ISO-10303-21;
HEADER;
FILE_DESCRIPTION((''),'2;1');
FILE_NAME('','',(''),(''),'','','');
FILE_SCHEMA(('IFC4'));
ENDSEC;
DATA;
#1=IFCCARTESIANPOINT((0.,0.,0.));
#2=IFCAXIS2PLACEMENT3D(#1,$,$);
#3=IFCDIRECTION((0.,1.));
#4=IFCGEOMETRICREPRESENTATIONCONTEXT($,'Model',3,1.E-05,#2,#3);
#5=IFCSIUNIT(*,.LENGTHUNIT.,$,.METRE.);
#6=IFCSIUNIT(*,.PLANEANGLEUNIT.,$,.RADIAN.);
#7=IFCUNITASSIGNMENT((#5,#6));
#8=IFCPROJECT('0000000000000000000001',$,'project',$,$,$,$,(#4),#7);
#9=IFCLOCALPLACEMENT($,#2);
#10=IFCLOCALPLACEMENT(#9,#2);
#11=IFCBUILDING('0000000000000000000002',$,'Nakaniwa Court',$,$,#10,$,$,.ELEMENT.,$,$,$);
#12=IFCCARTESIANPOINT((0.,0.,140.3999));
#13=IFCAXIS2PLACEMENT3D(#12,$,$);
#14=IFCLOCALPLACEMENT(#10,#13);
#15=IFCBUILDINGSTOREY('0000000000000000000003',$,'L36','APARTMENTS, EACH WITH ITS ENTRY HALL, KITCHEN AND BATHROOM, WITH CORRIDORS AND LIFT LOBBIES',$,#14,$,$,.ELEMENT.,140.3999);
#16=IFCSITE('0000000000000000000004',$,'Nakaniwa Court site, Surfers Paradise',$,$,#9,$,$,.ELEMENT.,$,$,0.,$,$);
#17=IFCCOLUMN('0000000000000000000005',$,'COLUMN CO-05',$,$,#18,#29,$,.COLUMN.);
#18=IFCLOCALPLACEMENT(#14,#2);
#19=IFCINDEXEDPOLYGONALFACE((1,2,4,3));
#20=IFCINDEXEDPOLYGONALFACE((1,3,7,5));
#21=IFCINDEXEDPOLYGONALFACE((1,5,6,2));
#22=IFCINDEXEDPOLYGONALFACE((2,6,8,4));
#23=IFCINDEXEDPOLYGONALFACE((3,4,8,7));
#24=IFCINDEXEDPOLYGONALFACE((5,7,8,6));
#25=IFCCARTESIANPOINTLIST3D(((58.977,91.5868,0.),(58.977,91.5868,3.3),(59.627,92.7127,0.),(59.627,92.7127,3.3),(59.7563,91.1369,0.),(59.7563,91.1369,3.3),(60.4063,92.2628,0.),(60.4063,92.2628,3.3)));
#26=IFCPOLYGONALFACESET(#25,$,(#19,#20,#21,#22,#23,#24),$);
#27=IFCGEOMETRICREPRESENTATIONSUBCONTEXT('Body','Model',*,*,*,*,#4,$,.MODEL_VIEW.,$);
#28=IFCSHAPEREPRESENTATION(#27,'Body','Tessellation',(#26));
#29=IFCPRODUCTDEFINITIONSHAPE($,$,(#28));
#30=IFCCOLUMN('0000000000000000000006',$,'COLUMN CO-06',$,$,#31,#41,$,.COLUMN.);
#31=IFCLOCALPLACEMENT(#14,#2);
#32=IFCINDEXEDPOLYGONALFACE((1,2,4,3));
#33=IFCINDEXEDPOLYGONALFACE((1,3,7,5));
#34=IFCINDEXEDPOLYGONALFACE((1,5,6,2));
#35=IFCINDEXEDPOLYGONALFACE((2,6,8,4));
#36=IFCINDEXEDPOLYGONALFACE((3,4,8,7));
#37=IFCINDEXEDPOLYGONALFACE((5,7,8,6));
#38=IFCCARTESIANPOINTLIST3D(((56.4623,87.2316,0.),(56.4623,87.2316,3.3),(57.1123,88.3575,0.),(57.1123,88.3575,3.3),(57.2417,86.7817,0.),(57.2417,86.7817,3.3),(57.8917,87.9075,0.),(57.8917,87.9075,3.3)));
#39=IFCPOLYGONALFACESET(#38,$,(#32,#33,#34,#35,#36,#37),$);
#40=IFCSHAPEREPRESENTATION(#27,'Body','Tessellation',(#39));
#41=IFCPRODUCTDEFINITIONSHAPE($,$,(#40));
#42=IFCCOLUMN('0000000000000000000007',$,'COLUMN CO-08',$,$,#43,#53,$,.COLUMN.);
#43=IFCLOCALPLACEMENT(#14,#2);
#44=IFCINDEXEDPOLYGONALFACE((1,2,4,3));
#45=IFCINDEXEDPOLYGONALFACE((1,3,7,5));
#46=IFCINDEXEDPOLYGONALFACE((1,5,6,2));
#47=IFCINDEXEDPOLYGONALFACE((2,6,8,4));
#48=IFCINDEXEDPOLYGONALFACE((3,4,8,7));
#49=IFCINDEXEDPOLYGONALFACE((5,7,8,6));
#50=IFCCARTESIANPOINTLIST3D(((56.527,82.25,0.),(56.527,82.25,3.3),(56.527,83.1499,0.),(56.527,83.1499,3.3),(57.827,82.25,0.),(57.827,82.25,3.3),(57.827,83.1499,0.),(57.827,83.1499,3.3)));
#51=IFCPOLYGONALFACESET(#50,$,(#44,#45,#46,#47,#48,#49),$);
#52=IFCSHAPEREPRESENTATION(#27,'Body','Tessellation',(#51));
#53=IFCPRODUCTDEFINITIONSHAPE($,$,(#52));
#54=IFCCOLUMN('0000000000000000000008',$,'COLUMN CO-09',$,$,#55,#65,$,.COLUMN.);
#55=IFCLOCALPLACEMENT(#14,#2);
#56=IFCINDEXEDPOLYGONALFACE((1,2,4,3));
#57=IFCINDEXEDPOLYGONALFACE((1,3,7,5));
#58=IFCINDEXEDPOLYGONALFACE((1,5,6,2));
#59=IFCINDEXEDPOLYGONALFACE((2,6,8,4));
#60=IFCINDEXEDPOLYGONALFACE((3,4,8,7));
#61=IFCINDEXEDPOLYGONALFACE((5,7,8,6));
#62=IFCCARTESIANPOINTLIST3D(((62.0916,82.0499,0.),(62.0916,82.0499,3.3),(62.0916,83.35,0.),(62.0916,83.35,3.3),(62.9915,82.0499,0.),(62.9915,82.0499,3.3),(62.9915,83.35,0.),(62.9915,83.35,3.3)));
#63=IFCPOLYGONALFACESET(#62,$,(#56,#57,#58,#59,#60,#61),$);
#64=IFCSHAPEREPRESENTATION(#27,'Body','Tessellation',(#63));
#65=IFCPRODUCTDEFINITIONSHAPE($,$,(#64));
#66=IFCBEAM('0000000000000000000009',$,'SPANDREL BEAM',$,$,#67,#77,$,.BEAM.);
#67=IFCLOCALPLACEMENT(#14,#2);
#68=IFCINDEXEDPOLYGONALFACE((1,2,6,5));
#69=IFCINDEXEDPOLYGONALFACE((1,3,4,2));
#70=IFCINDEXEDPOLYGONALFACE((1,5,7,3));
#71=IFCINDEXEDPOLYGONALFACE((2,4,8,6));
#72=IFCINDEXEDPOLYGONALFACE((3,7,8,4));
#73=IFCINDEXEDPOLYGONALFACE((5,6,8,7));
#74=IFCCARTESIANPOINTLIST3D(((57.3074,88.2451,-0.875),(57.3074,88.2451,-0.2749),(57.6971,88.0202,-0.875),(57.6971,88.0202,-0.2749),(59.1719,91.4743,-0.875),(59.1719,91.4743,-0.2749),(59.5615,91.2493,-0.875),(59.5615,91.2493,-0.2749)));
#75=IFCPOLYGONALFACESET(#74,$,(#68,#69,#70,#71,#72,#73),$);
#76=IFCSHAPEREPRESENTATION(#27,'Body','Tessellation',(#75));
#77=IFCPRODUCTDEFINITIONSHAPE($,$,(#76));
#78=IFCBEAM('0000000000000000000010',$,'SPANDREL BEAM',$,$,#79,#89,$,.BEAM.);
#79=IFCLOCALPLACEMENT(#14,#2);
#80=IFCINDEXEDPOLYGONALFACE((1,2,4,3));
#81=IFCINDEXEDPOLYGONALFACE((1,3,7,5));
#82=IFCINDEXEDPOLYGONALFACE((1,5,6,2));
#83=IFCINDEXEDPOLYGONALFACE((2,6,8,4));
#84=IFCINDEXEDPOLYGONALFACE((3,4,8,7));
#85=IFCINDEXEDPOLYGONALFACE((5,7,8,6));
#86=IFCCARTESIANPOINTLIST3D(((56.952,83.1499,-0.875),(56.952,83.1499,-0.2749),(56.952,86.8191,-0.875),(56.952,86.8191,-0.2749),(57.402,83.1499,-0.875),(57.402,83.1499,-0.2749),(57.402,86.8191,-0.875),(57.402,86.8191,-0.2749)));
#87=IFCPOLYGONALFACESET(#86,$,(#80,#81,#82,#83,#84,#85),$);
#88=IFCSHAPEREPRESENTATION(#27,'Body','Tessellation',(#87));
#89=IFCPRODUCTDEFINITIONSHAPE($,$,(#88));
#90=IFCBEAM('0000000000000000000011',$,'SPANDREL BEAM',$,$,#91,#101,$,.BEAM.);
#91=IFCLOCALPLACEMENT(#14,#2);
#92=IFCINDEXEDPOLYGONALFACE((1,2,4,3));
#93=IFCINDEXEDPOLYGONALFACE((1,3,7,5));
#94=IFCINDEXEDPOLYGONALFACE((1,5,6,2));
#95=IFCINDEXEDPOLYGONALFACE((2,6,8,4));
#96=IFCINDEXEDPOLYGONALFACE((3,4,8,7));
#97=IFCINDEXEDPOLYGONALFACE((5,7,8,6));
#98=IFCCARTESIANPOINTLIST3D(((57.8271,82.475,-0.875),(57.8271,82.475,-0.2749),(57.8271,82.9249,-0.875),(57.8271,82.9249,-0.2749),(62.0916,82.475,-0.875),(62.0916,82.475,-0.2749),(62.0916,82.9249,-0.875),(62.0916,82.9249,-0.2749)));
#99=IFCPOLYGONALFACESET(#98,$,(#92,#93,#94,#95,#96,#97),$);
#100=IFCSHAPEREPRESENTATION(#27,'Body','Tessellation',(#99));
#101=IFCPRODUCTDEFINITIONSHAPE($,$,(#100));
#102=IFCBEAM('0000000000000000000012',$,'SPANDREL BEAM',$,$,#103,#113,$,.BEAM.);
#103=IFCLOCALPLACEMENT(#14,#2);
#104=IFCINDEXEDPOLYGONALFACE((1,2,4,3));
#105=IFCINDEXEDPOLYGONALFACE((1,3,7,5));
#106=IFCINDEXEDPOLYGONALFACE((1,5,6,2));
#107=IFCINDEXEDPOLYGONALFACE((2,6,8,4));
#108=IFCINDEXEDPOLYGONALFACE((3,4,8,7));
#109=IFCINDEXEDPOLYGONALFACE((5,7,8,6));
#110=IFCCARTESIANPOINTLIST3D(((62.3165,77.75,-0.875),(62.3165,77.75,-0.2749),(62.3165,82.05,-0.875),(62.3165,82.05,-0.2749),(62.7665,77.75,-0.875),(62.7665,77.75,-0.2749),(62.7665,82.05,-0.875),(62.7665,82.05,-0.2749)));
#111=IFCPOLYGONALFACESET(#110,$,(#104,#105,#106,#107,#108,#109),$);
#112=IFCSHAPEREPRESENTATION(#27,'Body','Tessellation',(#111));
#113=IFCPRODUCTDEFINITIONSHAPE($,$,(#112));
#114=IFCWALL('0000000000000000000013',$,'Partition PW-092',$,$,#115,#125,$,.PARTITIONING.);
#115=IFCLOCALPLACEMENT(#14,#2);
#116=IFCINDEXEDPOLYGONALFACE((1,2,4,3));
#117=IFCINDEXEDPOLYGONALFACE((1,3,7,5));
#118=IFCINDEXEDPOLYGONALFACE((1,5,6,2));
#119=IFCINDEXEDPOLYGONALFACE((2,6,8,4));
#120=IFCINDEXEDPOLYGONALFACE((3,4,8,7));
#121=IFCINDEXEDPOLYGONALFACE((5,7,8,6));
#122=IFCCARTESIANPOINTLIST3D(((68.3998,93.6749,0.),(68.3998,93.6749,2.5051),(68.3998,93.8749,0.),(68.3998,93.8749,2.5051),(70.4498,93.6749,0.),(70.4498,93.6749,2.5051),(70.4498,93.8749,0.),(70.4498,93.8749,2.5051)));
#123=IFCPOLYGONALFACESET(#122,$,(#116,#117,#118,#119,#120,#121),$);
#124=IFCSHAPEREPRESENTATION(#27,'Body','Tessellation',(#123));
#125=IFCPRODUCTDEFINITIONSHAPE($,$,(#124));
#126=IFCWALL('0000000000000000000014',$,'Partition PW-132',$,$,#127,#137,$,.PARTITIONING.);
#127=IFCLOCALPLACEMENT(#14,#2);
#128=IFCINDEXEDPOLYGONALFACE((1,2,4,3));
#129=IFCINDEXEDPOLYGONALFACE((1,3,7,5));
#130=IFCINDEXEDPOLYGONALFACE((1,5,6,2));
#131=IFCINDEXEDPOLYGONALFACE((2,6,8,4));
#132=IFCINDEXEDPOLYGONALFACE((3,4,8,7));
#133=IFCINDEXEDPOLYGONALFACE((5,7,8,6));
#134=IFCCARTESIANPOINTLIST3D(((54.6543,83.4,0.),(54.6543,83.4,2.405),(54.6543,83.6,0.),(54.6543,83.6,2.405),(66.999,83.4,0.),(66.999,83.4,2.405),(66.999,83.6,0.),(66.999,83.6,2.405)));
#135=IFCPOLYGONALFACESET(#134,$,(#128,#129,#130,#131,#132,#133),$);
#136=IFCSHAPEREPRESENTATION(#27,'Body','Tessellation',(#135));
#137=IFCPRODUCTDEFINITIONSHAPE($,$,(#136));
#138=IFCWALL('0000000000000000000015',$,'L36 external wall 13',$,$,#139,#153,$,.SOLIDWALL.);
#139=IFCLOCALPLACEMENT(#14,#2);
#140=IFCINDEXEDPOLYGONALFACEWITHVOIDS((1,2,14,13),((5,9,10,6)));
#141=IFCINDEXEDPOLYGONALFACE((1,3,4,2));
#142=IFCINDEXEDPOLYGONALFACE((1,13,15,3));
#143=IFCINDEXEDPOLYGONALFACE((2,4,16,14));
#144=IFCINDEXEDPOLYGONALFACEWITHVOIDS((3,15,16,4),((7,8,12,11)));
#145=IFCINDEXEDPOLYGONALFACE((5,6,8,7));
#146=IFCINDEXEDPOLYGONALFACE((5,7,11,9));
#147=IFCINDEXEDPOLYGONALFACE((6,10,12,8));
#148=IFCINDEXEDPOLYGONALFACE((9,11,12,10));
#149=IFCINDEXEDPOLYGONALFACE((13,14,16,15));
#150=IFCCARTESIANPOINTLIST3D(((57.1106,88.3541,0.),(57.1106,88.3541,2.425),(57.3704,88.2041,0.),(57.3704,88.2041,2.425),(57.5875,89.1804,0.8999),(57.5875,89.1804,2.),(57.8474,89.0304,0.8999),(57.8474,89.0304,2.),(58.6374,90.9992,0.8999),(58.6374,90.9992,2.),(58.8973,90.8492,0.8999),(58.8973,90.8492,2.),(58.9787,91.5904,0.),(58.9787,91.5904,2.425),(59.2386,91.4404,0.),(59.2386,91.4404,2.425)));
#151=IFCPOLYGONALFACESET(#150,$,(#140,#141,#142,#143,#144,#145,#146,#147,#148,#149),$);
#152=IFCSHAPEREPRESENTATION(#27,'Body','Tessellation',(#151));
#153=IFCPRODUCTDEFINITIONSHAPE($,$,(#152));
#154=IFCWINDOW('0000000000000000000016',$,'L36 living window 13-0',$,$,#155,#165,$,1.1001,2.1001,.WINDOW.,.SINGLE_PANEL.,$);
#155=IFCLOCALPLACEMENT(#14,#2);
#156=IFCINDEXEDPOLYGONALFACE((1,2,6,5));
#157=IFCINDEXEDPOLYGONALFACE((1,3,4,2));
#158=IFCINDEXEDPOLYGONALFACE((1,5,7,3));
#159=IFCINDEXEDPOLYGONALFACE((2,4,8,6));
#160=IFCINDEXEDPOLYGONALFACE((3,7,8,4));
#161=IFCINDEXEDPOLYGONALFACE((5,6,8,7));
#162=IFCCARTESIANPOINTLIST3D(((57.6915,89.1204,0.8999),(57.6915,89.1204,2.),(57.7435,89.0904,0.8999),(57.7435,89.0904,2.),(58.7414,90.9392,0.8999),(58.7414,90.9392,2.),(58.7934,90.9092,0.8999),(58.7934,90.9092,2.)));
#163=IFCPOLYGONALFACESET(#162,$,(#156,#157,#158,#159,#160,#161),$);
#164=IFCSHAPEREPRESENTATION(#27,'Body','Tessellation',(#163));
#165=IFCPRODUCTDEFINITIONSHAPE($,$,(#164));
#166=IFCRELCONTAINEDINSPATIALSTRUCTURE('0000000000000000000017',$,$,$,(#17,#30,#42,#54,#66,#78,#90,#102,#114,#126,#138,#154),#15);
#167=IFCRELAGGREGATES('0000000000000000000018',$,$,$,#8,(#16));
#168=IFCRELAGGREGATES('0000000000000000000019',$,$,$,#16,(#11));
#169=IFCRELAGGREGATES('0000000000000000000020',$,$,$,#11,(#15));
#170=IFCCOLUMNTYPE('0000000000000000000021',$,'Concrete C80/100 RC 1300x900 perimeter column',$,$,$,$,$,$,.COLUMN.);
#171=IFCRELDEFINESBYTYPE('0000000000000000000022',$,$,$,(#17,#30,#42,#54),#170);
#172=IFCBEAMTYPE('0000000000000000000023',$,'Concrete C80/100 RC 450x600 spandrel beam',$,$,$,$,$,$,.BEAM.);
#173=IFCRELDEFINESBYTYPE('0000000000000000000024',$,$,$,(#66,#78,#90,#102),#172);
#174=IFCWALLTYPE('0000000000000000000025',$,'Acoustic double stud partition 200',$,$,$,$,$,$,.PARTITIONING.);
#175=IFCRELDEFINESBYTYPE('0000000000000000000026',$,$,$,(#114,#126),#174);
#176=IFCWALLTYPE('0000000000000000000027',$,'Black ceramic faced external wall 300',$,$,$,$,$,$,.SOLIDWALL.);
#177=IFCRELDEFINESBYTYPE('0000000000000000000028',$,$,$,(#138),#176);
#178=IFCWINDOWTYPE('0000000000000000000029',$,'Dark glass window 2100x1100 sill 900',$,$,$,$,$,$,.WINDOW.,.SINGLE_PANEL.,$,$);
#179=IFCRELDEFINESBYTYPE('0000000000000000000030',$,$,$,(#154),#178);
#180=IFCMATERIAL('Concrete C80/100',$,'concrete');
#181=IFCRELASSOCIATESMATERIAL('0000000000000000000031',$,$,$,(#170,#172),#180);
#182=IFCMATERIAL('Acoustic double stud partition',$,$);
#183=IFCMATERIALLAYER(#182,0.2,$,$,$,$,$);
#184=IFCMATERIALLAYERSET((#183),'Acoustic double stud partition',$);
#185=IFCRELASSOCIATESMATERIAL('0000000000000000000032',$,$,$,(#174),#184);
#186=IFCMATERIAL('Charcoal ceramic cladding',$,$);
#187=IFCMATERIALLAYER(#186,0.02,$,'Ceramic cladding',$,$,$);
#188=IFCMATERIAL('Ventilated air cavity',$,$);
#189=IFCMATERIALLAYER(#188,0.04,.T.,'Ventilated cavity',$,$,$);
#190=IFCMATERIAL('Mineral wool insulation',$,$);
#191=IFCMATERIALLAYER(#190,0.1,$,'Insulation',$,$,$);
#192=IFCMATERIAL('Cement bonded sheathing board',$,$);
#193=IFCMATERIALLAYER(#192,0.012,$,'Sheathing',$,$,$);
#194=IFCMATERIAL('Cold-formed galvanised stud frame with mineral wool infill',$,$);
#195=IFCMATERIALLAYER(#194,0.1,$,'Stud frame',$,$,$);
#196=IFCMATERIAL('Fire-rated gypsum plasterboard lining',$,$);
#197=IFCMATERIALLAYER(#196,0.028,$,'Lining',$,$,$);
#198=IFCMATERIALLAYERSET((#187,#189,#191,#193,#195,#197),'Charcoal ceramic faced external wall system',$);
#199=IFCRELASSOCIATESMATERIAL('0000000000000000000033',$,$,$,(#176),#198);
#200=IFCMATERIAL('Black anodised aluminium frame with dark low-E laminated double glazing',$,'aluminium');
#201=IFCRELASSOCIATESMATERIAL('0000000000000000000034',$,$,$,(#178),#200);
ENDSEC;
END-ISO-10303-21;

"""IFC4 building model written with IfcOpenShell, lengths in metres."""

from ifc_helpers import new_model, si_unit, direction, frame, frame_2d, origin, origin_2d, place, context, subcontext, project, spatial, rectangle, extrude, material, layer, layer_set, material_profile, profile_set, type_object, element, fill, save


model = new_model("IFC4")

# Units and contexts
model_context = context("Model", 3, precision=1e-05, world=origin(), true_north=direction((0.0, 1.0)))
body_context = subcontext(model_context, "Body", "Model", "MODEL_VIEW")
ifc_project = project(units=[si_unit("LENGTHUNIT", "METRE"), si_unit("PLANEANGLEUNIT", "RADIAN")], contexts=[model_context])

# Site, building, storey
site_placement = place(None, origin())
site = spatial("IfcSite", under=ifc_project, at=site_placement, Name="Nakaniwa Court site, Surfers Paradise", CompositionType="ELEMENT", RefElevation=0.0)
building_placement = place(site_placement, origin())
building = spatial("IfcBuilding", under=site, at=building_placement, Name="Nakaniwa Court", CompositionType="ELEMENT")
storey_placement = place(building_placement, frame((0.0, 0.0, 140.3999)))
storey = spatial("IfcBuildingStorey", under=building, at=storey_placement, Name="L36", Description="APARTMENTS, EACH WITH ITS ENTRY HALL, KITCHEN AND BATHROOM, WITH CORRIDORS AND LIFT LOBBIES", CompositionType="ELEMENT", Elevation=140.3999)

# Columns
ifc_material_1 = material(Name="Concrete C80/100", Category="concrete")
ifc_material_profile_1 = material_profile(ifc_material_1, rectangle(XDim=1.3, YDim=0.8999, at=origin_2d()), Name="Concrete C80/100 RC 1300x900 perimeter column")
ifc_profile_set_1 = profile_set([ifc_material_profile_1], Name="Concrete C80/100")
column_type = type_object("IfcColumnType", Name="Concrete C80/100 RC 1300x900 perimeter column", PredefinedType="COLUMN", material=ifc_profile_set_1)
for number, where, z_axis, x_axis, name in (
    (1, (59.6917, 91.9248, 0.0), (0.0, 0.0, 1.0), (-0.5, -0.866025, 0.0), "COLUMN CO-05"),
    (2, (57.177, 87.5696, 0.0), (0.0, 0.0, 1.0), (-0.5, -0.866025, 0.0), "COLUMN CO-06"),
    (3, (57.177, 82.7, 0.0), (0.0, 0.0, 1.0), (1.0, 0.0, 0.0), "COLUMN CO-08"),
    (4, (62.5415, 82.7, 0.0), (0.0, 0.0, 1.0), (0.0, -1.0, 0.0), "COLUMN CO-09"),
):
    element("IfcColumn", number, at=place(storey_placement, frame(where, z_axis=z_axis, x_axis=x_axis)), inside=storey, type_object=column_type, Name=name, PredefinedType="COLUMN", context=body_context, shape_type="SweptSolid", body=[
        extrude(rectangle(XDim=1.3, YDim=0.8999, at=origin_2d()), origin(), (0.0, 0.0, 1.0), 3.3),
    ])

# Beams
ifc_material_profile_2 = material_profile(ifc_material_1, rectangle(XDim=0.45, YDim=0.6001, at=origin_2d()), Name="Concrete C80/100 RC 450x600 spandrel beam")
ifc_profile_set_2 = profile_set([ifc_material_profile_2], Name="Concrete C80/100")
beam_type = type_object("IfcBeamType", Name="Concrete C80/100 RC 450x600 spandrel beam", PredefinedType="BEAM", material=ifc_profile_set_2)
beam_1_placement = place(storey_placement, frame((59.3667, 91.3618, -0.575), z_axis=(-0.500019, -0.866014, 0.0), x_axis=(0.866014, -0.500019, 0.0)))
element("IfcBeam", 5, at=beam_1_placement, inside=storey, type_object=beam_type, Name="SPANDREL BEAM", PredefinedType="BEAM", context=body_context, shape_type="SweptSolid", body=[
    extrude(rectangle(XDim=0.45, YDim=0.6001, at=origin_2d()), origin(), (0.0, 0.0, 1.0), 3.7288),
])
beam_2_placement = place(storey_placement, frame((57.177, 86.8191, -0.575), z_axis=(0.0, -1.0, 0.0), x_axis=(1.0, 0.0, 0.0)))
element("IfcBeam", 6, at=beam_2_placement, inside=storey, type_object=beam_type, Name="SPANDREL BEAM", PredefinedType="BEAM", context=body_context, shape_type="SweptSolid", body=[
    extrude(rectangle(XDim=0.45, YDim=0.6001, at=origin_2d()), origin(), (0.0, 0.0, 1.0), 3.6692),
])
beam_3_placement = place(storey_placement, frame((57.8271, 82.7, -0.575), z_axis=(1.0, 0.0, 0.0), x_axis=(0.0, 1.0, 0.0)))
element("IfcBeam", 7, at=beam_3_placement, inside=storey, type_object=beam_type, Name="SPANDREL BEAM", PredefinedType="BEAM", context=body_context, shape_type="SweptSolid", body=[
    extrude(rectangle(XDim=0.45, YDim=0.6001, at=origin_2d()), origin(), (0.0, 0.0, 1.0), 4.2644),
])
beam_4_placement = place(storey_placement, frame((62.5415, 82.05, -0.575), z_axis=(0.0, -1.0, 0.0), x_axis=(1.0, 0.0, 0.0)))
element("IfcBeam", 8, at=beam_4_placement, inside=storey, type_object=beam_type, Name="SPANDREL BEAM", PredefinedType="BEAM", context=body_context, shape_type="SweptSolid", body=[
    extrude(rectangle(XDim=0.45, YDim=0.6001, at=origin_2d()), origin(), (0.0, 0.0, 1.0), 4.3),
])

# Walls
ifc_material_2 = material(Name="Acoustic double stud partition")
ifc_layer_1 = layer(ifc_material_2, 0.2)
ifc_layer_set_1 = layer_set([ifc_layer_1], Name="Acoustic double stud partition")
wall_type_1 = type_object("IfcWallType", Name="Acoustic double stud partition 200", PredefinedType="PARTITIONING", material=ifc_layer_set_1)
wall_1_placement = place(storey_placement, frame((68.3999, 93.7749, 0.0), z_axis=(0.0, 0.0, 1.0), x_axis=(1.0, 0.0, 0.0)))
element("IfcWall", 9, at=wall_1_placement, inside=storey, type_object=wall_type_1, Name="Partition PW-092", PredefinedType="PARTITIONING", context=body_context, shape_type="SweptSolid", body=[
    extrude(rectangle(XDim=2.05, YDim=0.2, at=frame_2d((1.0249, 0.0))), origin(), (0.0, 0.0, 1.0), 2.5051),
])
wall_2_placement = place(storey_placement, frame((54.6543, 83.5, 0.0), z_axis=(0.0, 0.0, 1.0), x_axis=(1.0, 0.0, 0.0)))
element("IfcWall", 10, at=wall_2_placement, inside=storey, type_object=wall_type_1, Name="Partition PW-132", PredefinedType="PARTITIONING", context=body_context, shape_type="SweptSolid", body=[
    extrude(rectangle(XDim=12.3447, YDim=0.2, at=frame_2d((6.1724, 0.0))), origin(), (0.0, 0.0, 1.0), 2.405),
])

# Wall, opening, window
ifc_material_3 = material(Name="Charcoal ceramic cladding")
ifc_layer_2 = layer(ifc_material_3, 0.02, Name="Ceramic cladding")
ifc_material_4 = material(Name="Ventilated air cavity")
ifc_layer_3 = layer(ifc_material_4, 0.04, ventilated=True, Name="Ventilated cavity")
ifc_material_5 = material(Name="Mineral wool insulation")
ifc_layer_4 = layer(ifc_material_5, 0.1, Name="Insulation")
ifc_material_6 = material(Name="Cement bonded sheathing board")
ifc_layer_5 = layer(ifc_material_6, 0.012, Name="Sheathing")
ifc_material_7 = material(Name="Cold-formed galvanised stud frame with mineral wool infill")
ifc_layer_6 = layer(ifc_material_7, 0.1, Name="Stud frame")
ifc_material_8 = material(Name="Fire-rated gypsum plasterboard lining")
ifc_layer_7 = layer(ifc_material_8, 0.028, Name="Lining")
ifc_layer_set_2 = layer_set([ifc_layer_2, ifc_layer_3, ifc_layer_4, ifc_layer_5, ifc_layer_6, ifc_layer_7], Name="Charcoal ceramic faced external wall system")
wall_type_2 = type_object("IfcWallType", Name="Black ceramic faced external wall 300", PredefinedType="SOLIDWALL", material=ifc_layer_set_2)
wall_3_placement = place(storey_placement, frame((59.1086, 91.5154, 0.0), z_axis=(0.0, 0.0, 1.0), x_axis=(-0.499934, -0.866064, 0.0)))
wall_3 = element("IfcWall", 11, at=wall_3_placement, inside=storey, type_object=wall_type_2, Name="L36 external wall 13", PredefinedType="SOLIDWALL", context=body_context, shape_type="SweptSolid", body=[
    extrude(rectangle(XDim=3.7368, YDim=0.3, at=frame_2d((1.8684, 0.0))), origin(), (0.0, 0.0, 1.0), 2.425),
])
opening_1_placement = place(wall_3_placement, frame((0.6826, 0.0, 0.8999)))
opening_1 = element("IfcOpeningElement", 12, at=opening_1_placement, cuts=wall_3, PredefinedType="OPENING", context=body_context, shape_type="SweptSolid", body=[
    extrude(rectangle(XDim=2.1001, YDim=1.1001, at=frame_2d((1.05, 0.55))), frame((0.0, 0.1599, 0.0), z_axis=(0.0, -1.0, 0.0), x_axis=(1.0, 0.0, 0.0)), (0.0, 0.0, 1.0), 0.3201),
])
ifc_material_9 = material(Name="Black anodised aluminium frame with dark low-E laminated double glazing", Category="aluminium")
window_type_1 = type_object("IfcWindowType", Name="Dark glass window 2100x1100 sill 900", PartitioningType="SINGLE_PANEL", PredefinedType="WINDOW", material=ifc_material_9)
window_1_placement = place(opening_1_placement, origin())
window_1 = element("IfcWindow", 13, at=window_1_placement, inside=storey, type_object=window_type_1, Name="L36 living window 13-0", OverallHeight=1.1001, OverallWidth=2.1001, PartitioningType="SINGLE_PANEL", PredefinedType="WINDOW", context=body_context, shape_type="SweptSolid", body=[
    extrude(rectangle(XDim=2.1001, YDim=1.1001, at=frame_2d((1.05, 0.55))), frame((0.0, 0.03, 0.0), z_axis=(0.0, -1.0, 0.0), x_axis=(1.0, 0.0, 0.0)), (0.0, 0.0, 1.0), 0.0601),
])
fill(opening_1, window_1)

save(model, "model.ifc")
